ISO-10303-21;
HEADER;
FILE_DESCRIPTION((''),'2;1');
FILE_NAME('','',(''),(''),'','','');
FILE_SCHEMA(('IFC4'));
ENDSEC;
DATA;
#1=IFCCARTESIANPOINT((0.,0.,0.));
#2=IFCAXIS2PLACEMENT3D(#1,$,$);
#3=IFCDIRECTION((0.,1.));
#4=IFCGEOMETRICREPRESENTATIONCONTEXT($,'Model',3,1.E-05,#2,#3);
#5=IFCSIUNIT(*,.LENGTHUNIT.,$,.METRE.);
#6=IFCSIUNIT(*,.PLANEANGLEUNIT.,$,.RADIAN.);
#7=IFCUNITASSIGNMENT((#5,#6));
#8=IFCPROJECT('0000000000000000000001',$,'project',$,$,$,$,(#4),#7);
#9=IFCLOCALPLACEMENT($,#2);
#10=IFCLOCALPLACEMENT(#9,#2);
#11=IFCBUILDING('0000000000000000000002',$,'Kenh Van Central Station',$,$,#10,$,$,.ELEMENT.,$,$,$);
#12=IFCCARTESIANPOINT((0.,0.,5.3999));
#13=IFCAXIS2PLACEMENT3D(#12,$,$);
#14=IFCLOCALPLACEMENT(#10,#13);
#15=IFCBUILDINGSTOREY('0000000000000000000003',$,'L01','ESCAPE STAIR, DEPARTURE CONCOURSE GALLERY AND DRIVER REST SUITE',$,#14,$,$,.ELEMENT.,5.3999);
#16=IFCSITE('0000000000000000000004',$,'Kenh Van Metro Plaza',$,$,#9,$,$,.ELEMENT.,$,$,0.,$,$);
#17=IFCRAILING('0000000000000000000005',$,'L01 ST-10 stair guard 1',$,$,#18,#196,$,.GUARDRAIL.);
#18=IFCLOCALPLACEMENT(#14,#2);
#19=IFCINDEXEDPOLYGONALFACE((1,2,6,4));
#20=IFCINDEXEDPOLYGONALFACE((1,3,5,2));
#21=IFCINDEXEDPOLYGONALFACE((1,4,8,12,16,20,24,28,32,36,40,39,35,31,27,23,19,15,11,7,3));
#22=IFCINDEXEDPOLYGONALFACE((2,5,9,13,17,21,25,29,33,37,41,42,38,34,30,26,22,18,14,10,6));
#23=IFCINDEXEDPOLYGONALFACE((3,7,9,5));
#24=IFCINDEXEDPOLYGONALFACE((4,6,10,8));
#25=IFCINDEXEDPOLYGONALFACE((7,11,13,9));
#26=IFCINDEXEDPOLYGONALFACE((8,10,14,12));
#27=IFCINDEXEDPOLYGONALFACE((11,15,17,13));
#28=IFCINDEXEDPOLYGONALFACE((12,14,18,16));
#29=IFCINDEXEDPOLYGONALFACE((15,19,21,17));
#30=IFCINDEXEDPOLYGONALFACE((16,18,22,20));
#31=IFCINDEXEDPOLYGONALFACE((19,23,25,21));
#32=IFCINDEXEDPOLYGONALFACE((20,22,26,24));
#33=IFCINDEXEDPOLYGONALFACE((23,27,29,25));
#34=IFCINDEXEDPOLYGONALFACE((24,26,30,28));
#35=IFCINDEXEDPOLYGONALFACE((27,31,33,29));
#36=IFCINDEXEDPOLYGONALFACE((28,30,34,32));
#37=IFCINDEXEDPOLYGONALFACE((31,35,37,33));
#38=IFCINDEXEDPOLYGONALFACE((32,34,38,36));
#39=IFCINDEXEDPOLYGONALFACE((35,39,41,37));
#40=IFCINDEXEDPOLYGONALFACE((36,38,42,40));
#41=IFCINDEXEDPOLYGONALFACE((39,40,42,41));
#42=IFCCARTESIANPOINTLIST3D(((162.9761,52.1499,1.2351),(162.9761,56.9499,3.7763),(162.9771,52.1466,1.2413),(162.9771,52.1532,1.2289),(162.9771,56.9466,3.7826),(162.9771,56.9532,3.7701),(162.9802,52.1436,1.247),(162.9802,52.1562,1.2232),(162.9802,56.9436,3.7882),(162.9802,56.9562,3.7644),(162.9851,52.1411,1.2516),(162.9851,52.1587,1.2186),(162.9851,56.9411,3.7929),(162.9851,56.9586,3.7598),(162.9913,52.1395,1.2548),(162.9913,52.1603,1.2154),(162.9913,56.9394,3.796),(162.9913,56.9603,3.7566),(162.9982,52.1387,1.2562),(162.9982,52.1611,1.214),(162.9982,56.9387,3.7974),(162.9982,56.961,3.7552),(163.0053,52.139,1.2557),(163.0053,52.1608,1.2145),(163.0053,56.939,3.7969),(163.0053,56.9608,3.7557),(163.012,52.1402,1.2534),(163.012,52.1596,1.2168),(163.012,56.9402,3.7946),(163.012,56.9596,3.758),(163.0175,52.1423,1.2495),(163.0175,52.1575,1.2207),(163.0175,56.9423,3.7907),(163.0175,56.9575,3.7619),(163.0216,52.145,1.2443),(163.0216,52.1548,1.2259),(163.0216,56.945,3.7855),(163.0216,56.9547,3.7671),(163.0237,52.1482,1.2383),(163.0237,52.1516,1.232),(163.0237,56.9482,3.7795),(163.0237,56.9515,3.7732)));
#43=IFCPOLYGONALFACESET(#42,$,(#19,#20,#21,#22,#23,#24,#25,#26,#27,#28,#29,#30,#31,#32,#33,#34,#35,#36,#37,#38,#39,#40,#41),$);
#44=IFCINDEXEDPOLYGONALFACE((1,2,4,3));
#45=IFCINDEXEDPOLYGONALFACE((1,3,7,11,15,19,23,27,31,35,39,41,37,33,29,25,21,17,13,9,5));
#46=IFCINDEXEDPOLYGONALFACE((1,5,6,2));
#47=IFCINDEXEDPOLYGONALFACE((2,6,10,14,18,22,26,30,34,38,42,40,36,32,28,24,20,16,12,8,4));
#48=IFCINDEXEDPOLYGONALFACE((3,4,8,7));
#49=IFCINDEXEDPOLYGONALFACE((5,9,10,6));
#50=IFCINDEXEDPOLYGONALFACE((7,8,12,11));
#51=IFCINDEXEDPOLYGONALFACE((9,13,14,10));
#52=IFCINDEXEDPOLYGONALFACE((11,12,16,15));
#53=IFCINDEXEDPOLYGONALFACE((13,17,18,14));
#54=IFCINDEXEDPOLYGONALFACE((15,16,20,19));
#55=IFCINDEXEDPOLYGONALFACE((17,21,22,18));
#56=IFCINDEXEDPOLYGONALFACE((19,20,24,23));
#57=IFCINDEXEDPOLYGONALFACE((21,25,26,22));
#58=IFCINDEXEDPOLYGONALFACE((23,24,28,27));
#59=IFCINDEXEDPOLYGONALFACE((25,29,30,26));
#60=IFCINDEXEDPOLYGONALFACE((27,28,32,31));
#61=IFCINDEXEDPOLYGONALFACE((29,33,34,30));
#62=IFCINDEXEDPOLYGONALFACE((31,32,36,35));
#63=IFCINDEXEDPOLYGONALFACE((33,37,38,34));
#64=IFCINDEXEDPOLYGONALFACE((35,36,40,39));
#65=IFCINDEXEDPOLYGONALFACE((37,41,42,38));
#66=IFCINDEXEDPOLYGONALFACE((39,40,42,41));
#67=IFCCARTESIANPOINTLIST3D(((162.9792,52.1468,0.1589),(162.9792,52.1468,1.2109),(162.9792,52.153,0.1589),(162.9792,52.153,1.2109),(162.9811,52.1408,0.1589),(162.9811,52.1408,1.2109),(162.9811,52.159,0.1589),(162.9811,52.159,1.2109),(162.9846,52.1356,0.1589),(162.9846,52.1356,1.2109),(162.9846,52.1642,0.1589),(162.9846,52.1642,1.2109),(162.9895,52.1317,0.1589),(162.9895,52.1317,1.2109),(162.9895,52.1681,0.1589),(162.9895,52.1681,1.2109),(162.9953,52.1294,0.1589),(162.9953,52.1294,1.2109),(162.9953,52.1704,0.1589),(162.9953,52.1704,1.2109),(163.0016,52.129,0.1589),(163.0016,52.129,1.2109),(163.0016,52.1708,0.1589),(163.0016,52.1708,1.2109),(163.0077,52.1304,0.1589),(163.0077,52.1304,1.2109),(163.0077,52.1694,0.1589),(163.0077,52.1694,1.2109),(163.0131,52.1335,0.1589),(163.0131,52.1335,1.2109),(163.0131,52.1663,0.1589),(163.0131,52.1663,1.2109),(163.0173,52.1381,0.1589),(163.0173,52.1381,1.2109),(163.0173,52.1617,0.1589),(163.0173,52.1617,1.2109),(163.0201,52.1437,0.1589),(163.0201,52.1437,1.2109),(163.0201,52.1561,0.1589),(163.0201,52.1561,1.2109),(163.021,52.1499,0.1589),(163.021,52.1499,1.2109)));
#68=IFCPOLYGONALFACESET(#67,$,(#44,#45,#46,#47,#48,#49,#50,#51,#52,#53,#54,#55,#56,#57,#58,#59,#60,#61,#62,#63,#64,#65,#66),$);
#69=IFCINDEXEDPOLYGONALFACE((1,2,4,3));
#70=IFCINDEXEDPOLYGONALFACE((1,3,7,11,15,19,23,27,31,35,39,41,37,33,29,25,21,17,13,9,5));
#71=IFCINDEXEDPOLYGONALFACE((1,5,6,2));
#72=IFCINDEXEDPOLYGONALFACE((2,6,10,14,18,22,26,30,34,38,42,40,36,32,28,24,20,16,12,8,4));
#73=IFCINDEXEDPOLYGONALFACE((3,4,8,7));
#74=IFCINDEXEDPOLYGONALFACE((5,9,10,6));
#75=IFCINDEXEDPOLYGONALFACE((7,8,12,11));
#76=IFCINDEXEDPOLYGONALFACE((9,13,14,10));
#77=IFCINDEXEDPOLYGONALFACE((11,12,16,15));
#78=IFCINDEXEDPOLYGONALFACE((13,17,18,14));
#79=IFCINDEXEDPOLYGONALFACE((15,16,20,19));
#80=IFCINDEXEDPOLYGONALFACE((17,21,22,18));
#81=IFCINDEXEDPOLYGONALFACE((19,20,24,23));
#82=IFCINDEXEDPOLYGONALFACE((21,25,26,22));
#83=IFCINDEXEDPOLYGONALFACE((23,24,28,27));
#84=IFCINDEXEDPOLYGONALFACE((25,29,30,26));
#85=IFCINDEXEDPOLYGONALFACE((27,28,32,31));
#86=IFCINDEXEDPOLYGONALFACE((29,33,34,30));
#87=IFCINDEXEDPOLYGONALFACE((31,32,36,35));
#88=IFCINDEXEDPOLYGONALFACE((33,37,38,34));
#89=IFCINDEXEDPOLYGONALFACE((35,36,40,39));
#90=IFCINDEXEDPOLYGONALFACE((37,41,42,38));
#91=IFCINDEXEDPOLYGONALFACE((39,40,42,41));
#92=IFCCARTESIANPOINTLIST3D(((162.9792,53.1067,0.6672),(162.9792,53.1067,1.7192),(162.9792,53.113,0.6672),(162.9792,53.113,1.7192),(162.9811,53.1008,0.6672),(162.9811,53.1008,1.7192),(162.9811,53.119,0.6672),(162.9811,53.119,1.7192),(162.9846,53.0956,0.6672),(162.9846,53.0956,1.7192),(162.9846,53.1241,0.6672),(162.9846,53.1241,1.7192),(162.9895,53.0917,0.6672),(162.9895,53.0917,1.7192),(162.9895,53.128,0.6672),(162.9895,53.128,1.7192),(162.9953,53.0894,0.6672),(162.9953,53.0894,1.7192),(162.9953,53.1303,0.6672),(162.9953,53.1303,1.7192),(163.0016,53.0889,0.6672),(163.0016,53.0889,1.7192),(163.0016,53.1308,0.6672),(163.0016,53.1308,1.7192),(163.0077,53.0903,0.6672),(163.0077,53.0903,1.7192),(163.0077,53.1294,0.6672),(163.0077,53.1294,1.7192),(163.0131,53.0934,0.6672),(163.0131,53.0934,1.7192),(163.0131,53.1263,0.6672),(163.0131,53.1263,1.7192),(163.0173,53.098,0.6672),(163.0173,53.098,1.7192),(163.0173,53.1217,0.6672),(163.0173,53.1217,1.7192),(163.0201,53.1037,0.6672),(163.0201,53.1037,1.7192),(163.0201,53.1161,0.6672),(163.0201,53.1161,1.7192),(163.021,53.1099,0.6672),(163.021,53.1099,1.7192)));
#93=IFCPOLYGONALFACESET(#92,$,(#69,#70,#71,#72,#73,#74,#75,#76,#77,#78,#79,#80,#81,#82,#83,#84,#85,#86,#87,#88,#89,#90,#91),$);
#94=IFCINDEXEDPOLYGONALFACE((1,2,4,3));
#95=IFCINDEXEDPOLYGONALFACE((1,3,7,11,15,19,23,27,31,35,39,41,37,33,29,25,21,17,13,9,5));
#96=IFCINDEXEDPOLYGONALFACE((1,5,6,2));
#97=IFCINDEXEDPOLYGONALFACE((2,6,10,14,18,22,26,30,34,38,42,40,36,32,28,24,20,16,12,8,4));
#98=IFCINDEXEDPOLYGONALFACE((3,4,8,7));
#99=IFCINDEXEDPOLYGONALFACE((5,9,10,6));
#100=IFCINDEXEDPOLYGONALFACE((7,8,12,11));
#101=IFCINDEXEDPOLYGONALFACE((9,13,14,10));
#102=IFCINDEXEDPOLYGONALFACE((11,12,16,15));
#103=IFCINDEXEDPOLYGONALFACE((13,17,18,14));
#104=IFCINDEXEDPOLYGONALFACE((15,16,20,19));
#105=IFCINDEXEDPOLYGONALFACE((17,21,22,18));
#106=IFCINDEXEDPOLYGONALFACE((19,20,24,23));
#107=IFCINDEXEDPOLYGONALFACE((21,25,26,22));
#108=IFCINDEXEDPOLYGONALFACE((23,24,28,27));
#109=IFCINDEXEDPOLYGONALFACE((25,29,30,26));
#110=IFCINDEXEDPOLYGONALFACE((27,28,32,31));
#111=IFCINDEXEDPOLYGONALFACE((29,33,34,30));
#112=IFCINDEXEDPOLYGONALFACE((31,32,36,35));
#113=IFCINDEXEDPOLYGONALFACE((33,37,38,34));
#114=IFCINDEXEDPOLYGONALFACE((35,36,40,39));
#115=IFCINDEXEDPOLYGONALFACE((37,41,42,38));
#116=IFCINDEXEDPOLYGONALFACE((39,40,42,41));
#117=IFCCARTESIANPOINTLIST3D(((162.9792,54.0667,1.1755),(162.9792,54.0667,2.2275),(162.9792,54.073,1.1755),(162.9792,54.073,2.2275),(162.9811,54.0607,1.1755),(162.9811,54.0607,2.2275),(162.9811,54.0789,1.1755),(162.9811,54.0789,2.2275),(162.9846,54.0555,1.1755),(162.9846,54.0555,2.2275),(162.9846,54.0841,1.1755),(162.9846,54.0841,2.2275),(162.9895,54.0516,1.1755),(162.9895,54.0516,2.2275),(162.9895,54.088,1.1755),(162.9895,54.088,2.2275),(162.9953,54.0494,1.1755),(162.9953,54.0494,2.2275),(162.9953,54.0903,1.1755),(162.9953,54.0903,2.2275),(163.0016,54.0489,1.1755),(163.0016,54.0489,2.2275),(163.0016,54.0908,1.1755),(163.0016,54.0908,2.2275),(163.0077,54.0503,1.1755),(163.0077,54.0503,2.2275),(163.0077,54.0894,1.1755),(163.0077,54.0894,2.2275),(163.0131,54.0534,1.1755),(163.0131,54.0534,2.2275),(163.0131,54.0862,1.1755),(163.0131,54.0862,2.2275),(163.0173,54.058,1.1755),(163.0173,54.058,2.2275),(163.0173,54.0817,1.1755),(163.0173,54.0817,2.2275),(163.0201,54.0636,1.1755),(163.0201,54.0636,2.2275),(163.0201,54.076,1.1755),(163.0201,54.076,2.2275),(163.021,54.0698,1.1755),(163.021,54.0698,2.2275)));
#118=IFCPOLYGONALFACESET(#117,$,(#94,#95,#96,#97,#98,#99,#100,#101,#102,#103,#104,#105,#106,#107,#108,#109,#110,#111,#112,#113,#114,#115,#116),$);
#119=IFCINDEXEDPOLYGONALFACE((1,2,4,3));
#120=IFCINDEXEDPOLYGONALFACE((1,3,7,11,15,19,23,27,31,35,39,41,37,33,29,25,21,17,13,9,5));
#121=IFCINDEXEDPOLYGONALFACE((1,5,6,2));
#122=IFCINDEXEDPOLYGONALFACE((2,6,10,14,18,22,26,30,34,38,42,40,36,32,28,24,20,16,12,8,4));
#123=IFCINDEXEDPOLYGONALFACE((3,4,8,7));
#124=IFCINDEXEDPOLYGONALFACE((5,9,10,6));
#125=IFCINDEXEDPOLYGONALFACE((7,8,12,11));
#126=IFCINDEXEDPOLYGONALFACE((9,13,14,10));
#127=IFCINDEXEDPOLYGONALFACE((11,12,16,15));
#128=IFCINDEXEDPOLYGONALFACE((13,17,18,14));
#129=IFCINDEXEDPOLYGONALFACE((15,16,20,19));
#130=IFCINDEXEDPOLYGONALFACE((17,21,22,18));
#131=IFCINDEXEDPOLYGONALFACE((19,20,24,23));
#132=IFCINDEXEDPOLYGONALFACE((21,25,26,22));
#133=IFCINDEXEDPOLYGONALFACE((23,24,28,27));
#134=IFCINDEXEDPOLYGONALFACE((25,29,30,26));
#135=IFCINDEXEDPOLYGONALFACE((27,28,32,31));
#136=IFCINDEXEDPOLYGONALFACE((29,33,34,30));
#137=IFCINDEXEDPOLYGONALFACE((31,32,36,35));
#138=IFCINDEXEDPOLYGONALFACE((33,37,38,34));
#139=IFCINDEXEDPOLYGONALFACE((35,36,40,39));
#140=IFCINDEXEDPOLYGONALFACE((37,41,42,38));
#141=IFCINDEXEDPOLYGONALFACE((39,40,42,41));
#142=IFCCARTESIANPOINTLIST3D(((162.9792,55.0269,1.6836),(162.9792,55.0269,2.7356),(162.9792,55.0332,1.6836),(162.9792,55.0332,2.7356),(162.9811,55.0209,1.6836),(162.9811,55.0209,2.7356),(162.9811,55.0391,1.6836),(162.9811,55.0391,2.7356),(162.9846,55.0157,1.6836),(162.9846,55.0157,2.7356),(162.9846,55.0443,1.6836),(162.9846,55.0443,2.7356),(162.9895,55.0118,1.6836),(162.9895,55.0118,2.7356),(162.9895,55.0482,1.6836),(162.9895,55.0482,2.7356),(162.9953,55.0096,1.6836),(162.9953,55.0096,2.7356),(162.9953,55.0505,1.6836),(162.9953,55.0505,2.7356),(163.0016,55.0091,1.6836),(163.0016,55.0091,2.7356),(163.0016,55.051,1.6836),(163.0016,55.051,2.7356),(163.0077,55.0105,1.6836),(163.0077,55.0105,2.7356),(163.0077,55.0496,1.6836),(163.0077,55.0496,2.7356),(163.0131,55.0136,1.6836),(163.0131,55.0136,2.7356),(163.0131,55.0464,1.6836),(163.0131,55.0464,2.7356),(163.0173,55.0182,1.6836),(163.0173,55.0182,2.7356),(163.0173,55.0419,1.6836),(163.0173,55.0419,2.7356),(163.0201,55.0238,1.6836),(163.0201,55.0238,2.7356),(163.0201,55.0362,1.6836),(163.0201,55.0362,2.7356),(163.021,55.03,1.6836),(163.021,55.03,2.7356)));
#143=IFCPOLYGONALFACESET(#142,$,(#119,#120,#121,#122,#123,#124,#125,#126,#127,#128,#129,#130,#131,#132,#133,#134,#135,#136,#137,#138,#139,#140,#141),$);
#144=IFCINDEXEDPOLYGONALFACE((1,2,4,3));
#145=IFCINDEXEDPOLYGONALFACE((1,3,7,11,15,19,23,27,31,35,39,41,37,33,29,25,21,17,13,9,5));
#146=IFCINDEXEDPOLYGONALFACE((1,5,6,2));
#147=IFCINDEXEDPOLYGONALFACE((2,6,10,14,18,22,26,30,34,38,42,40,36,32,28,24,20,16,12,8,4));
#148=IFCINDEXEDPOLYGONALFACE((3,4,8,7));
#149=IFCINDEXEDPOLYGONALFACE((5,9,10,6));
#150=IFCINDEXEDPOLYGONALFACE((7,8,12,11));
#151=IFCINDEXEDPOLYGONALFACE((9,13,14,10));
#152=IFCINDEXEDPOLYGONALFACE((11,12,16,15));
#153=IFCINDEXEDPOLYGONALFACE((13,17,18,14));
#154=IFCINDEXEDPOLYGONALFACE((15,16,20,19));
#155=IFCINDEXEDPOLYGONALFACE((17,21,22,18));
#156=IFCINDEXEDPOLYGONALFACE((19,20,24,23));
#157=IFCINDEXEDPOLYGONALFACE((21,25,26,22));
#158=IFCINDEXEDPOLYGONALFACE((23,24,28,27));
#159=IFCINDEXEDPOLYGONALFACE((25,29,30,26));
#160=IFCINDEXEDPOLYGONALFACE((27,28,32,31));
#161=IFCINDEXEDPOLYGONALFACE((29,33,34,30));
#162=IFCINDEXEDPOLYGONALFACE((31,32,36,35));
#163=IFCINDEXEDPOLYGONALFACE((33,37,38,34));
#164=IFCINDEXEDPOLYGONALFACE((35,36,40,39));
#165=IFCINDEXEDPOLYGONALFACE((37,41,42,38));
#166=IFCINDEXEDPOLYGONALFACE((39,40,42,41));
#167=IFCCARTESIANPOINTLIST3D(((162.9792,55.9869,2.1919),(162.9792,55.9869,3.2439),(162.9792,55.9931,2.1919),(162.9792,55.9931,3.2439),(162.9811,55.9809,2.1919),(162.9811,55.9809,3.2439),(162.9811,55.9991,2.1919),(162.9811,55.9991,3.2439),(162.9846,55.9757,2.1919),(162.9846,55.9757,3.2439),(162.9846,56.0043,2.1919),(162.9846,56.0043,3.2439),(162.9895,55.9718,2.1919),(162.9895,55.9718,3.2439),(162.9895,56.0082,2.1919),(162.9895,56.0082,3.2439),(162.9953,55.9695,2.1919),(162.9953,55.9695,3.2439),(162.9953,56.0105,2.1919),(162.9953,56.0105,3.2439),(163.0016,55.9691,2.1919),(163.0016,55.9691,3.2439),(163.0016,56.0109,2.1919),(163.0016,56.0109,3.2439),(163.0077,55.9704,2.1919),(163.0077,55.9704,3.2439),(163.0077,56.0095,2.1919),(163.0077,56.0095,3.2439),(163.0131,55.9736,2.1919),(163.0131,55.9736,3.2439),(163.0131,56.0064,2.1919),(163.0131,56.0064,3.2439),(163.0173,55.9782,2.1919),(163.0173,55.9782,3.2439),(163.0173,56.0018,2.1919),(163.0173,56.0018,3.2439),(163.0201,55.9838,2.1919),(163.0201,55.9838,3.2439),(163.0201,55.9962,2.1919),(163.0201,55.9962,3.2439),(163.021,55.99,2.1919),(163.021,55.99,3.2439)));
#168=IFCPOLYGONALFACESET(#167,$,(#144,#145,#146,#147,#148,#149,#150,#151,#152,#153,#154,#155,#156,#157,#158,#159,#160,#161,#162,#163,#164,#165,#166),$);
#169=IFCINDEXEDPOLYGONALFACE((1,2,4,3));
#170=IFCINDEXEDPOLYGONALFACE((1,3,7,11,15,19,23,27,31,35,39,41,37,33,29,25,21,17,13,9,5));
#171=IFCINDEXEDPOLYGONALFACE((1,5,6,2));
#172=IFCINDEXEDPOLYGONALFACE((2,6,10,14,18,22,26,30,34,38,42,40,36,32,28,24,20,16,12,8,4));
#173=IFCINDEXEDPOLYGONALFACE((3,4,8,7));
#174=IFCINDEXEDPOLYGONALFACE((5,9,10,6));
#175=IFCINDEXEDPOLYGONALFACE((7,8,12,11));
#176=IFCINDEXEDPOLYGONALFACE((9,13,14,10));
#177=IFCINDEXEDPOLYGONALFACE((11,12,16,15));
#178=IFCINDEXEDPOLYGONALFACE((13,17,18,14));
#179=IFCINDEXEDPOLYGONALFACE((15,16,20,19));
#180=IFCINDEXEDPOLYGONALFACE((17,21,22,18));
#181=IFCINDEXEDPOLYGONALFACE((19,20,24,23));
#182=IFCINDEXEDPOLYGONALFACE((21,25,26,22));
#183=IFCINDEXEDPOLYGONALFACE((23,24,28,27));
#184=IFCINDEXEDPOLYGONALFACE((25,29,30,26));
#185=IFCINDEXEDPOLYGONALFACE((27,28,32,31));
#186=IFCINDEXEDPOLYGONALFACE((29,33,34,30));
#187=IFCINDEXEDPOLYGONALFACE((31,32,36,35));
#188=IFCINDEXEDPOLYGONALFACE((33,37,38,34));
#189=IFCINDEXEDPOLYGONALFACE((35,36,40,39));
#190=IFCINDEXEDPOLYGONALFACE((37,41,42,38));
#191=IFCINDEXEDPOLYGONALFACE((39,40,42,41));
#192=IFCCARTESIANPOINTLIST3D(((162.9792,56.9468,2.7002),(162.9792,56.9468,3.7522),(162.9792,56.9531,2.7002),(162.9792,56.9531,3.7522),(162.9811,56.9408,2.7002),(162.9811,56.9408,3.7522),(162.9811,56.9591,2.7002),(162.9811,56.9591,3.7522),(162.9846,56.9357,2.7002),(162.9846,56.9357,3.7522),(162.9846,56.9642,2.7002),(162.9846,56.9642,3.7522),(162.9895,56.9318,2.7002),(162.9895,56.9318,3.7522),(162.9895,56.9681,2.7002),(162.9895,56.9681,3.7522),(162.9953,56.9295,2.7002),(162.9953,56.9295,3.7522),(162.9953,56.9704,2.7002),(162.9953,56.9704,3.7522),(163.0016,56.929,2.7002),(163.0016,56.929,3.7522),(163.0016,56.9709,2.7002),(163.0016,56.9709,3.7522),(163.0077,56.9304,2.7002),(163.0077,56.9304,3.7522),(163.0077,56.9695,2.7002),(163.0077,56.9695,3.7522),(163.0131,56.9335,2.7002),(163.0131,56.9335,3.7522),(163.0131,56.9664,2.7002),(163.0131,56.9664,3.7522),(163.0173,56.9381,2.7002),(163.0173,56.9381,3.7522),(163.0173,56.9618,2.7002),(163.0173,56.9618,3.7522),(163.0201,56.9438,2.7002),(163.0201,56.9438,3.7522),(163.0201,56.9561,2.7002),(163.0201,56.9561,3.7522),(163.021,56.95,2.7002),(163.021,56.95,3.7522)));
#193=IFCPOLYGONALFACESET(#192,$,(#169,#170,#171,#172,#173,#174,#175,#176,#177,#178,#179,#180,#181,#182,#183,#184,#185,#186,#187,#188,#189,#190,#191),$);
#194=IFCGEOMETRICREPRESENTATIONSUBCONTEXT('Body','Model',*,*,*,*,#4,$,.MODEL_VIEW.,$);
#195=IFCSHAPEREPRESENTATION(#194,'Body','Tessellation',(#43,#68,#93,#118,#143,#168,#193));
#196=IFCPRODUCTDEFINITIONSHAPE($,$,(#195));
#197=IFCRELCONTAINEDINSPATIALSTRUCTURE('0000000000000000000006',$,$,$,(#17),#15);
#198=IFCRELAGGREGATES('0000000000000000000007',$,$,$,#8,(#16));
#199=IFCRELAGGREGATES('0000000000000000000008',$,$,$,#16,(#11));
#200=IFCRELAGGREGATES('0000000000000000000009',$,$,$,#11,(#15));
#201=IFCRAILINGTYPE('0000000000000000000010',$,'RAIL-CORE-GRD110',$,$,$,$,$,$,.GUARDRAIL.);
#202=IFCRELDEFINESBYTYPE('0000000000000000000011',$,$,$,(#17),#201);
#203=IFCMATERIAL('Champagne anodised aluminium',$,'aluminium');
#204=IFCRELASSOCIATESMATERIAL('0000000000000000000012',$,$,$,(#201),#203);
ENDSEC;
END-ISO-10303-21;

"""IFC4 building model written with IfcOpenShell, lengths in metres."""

from ifc_helpers import new_model, si_unit, direction, frame, origin, origin_2d, place, context, subcontext, project, spatial, circle, extrude, material, type_object, element, save


model = new_model("IFC4")

# Units and contexts
model_context = context("Model", 3, precision=1e-05, world=origin(), true_north=direction((0.0, 1.0)))
body_context = subcontext(model_context, "Body", "Model", "MODEL_VIEW")
ifc_project = project(units=[si_unit("LENGTHUNIT", "METRE"), si_unit("PLANEANGLEUNIT", "RADIAN")], contexts=[model_context])

# Site, building, storey
site_placement = place(None, origin())
site = spatial("IfcSite", under=ifc_project, at=site_placement, Name="Kenh Van Metro Plaza", CompositionType="ELEMENT", RefElevation=0.0)
building_placement = place(site_placement, origin())
building = spatial("IfcBuilding", under=site, at=building_placement, Name="Kenh Van Central Station", CompositionType="ELEMENT")
storey_placement = place(building_placement, frame((0.0, 0.0, 5.3999)))
storey = spatial("IfcBuildingStorey", under=building, at=storey_placement, Name="L01", Description="ESCAPE STAIR, DEPARTURE CONCOURSE GALLERY AND DRIVER REST SUITE", CompositionType="ELEMENT", Elevation=5.3999)

# Shared definitions
ifc_material_1 = material(Name="Champagne anodised aluminium", Category="aluminium")

# Railing
railing_type_1 = type_object("IfcRailingType", Name="RAIL-CORE-GRD110", PredefinedType="GUARDRAIL", material=ifc_material_1)
railing_1_placement = place(storey_placement, frame((163.0, 52.1499, 0.1589)))
element("IfcRailing", 1, at=railing_1_placement, inside=storey, type_object=railing_type_1, Name="L01 ST-10 stair guard 1", PredefinedType="GUARDRAIL", context=body_context, shape_type="SweptSolid", body=[
    extrude(circle(Radius=0.0239, at=origin_2d()), frame((0.0, 0.0, 1.0762), z_axis=(0.0, 0.883784, 0.467896), x_axis=(-1.0, 0.0, 0.0)), (0.0, 0.0, 1.0), 5.4312),
    extrude(circle(Radius=0.021, at=origin_2d()), origin(), (0.0, 0.0, 1.0), 1.052),
    extrude(circle(Radius=0.021, at=origin_2d()), frame((0.0, 0.96, 0.5083)), (0.0, 0.0, 1.0), 1.052),
    extrude(circle(Radius=0.021, at=origin_2d()), frame((0.0, 1.9199, 1.0166)), (0.0, 0.0, 1.0), 1.052),
    extrude(circle(Radius=0.021, at=origin_2d()), frame((0.0, 2.8801, 1.5247)), (0.0, 0.0, 1.0), 1.052),
    extrude(circle(Radius=0.021, at=origin_2d()), frame((0.0, 3.8401, 2.033)), (0.0, 0.0, 1.0), 1.052),
    extrude(circle(Radius=0.021, at=origin_2d()), frame((0.0, 4.8, 2.5413)), (0.0, 0.0, 1.0), 1.052),
])

save(model, "model.ifc")
